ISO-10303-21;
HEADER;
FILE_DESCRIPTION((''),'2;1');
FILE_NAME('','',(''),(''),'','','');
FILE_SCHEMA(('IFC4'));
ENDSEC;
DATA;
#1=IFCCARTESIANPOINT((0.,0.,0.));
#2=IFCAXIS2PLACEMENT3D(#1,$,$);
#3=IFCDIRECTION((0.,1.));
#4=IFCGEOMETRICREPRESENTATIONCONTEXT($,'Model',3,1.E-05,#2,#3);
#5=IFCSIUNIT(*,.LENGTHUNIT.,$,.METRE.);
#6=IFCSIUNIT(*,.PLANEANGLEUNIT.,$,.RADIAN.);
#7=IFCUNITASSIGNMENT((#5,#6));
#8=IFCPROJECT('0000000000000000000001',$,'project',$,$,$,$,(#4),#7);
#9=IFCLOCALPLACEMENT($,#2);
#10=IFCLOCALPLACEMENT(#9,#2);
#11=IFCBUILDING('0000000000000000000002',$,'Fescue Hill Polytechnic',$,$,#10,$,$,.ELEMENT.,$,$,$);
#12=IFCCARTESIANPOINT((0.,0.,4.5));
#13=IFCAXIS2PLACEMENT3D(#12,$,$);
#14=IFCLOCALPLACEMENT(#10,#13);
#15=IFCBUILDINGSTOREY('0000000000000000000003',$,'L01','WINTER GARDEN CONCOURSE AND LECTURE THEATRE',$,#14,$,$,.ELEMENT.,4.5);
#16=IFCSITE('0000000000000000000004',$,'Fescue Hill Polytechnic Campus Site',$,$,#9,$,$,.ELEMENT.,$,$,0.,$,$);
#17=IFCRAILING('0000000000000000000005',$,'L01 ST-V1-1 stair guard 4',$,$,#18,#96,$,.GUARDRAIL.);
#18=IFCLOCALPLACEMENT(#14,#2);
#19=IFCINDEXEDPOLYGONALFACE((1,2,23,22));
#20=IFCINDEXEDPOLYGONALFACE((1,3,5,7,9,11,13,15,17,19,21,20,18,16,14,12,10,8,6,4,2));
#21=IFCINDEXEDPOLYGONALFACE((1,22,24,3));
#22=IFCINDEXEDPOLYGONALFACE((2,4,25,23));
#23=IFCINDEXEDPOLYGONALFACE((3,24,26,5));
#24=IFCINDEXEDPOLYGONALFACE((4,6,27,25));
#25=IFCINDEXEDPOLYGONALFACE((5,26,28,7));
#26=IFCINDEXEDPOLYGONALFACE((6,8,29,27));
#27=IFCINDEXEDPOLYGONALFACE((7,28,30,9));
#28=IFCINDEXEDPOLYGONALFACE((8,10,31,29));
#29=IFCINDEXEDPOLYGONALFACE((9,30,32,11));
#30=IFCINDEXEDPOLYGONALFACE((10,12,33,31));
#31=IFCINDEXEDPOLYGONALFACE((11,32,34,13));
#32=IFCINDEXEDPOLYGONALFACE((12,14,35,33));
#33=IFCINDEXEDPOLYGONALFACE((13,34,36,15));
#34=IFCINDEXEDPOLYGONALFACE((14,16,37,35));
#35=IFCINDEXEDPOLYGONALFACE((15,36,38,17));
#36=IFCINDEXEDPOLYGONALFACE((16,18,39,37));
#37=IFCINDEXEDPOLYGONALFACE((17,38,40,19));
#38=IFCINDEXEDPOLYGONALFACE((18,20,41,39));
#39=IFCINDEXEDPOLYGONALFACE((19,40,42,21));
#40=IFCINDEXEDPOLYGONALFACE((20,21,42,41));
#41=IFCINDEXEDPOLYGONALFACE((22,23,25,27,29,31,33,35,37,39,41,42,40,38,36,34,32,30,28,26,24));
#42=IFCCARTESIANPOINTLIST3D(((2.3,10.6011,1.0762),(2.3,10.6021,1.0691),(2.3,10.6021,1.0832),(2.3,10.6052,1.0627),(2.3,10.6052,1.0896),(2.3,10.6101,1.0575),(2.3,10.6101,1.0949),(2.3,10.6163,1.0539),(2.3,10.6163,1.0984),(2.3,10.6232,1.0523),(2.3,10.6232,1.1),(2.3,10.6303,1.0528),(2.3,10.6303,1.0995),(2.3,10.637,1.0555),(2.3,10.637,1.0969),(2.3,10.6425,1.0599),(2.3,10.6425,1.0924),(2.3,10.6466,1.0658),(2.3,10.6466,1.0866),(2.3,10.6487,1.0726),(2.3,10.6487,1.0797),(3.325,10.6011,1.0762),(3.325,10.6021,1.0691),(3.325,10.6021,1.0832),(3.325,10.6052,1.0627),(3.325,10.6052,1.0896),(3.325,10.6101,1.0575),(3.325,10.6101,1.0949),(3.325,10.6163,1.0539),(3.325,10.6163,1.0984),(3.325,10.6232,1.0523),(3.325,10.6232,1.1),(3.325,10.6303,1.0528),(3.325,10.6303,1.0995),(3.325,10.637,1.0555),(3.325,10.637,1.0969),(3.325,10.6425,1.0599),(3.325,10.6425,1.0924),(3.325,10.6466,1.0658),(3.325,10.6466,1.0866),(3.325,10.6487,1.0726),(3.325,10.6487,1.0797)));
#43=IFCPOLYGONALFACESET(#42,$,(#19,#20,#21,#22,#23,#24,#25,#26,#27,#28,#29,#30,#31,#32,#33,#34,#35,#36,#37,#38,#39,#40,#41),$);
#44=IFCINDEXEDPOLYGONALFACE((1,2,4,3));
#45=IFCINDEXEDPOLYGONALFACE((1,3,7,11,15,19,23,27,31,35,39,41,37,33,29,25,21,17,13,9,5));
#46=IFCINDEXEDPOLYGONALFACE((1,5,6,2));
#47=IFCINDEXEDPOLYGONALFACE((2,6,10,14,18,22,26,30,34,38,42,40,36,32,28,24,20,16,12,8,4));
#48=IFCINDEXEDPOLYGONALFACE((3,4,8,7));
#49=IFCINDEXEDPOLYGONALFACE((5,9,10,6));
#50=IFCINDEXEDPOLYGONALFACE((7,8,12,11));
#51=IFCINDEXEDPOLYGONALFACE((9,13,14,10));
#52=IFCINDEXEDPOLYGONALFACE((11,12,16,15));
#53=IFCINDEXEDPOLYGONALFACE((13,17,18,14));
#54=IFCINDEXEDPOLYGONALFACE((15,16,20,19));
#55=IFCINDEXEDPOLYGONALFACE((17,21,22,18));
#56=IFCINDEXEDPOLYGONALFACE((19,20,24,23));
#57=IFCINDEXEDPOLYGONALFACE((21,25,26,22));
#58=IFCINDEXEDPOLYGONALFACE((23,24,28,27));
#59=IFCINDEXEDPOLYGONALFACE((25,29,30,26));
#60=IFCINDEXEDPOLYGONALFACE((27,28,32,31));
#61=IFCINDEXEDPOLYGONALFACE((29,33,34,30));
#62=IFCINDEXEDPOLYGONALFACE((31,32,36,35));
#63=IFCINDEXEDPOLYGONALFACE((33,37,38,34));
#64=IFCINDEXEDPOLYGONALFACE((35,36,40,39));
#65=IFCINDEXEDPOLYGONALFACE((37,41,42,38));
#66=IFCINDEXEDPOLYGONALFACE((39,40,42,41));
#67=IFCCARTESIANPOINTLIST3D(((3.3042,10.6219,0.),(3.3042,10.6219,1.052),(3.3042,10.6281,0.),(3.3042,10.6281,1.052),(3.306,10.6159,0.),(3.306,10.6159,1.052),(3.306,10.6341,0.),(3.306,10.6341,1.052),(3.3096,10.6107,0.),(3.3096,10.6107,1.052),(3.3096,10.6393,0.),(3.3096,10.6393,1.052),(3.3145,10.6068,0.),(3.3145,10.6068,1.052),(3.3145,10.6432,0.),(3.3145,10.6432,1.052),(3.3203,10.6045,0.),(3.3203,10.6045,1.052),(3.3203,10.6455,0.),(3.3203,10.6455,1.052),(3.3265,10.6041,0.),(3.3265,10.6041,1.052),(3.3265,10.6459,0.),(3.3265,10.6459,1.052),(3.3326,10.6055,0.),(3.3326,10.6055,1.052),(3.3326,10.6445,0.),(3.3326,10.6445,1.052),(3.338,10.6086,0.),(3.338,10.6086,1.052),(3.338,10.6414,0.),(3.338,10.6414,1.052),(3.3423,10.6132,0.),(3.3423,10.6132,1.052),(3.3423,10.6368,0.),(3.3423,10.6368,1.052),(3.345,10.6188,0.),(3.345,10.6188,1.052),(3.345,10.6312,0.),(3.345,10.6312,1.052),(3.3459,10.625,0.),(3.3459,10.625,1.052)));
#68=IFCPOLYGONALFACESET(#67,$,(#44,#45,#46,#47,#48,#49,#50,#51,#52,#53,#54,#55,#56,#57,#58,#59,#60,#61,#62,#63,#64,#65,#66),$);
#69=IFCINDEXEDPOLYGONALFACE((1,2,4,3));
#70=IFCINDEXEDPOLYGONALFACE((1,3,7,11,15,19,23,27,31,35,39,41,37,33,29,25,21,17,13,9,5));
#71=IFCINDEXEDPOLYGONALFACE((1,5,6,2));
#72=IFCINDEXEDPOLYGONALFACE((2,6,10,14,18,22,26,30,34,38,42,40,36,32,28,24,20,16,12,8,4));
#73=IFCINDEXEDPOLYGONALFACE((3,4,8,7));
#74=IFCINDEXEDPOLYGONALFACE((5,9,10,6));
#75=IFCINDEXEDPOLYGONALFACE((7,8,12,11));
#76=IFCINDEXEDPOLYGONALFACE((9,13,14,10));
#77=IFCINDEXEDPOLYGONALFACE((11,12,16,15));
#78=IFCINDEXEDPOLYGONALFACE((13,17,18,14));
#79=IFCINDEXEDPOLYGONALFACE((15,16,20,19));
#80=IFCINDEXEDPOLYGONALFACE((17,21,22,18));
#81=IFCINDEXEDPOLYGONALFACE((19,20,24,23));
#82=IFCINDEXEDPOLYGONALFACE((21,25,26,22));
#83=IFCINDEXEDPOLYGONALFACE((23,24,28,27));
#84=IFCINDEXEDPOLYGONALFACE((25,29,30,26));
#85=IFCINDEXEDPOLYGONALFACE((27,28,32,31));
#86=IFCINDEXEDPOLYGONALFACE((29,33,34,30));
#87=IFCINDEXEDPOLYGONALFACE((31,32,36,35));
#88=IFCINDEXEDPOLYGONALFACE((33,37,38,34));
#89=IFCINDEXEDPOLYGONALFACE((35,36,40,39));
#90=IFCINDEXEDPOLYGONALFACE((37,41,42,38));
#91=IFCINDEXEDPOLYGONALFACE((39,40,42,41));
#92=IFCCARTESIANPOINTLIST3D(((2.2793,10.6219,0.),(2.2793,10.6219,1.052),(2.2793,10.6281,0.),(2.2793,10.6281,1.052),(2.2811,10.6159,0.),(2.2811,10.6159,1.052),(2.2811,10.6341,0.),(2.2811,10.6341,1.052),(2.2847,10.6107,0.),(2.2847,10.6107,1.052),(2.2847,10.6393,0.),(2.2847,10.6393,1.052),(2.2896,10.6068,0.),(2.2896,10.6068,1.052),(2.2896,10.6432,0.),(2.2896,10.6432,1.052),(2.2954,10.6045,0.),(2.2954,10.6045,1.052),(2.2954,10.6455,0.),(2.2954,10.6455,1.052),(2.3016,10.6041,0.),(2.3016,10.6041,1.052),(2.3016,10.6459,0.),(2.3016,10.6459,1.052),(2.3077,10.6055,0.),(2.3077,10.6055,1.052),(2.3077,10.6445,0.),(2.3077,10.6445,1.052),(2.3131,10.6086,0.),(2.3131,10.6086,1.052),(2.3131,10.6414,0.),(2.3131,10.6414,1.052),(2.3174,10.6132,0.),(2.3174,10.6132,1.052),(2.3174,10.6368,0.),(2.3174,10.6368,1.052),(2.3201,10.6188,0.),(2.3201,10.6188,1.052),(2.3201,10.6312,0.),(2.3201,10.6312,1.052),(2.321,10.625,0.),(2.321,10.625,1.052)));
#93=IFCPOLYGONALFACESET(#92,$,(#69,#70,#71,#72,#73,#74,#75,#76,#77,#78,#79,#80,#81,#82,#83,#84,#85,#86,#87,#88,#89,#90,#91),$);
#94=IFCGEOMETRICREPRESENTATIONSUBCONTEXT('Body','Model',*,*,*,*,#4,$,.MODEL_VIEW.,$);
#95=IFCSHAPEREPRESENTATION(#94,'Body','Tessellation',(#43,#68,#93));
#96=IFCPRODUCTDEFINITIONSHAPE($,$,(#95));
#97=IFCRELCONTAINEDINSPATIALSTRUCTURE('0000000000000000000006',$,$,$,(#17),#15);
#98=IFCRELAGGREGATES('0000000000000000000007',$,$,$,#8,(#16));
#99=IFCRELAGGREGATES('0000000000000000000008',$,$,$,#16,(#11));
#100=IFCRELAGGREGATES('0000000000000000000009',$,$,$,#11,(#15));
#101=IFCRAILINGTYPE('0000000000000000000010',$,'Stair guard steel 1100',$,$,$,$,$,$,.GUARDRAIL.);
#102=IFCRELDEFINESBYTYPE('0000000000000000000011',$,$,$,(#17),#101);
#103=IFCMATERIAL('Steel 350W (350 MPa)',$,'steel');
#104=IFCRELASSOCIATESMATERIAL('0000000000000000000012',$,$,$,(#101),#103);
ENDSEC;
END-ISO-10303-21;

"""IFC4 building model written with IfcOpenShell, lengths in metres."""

from ifc_helpers import new_model, si_unit, direction, frame, origin, origin_2d, place, context, subcontext, project, spatial, circle, extrude, material, type_object, element, save


model = new_model("IFC4")

# Units and contexts
model_context = context("Model", 3, precision=1e-05, world=origin(), true_north=direction((0.0, 1.0)))
body_context = subcontext(model_context, "Body", "Model", "MODEL_VIEW")
ifc_project = project(units=[si_unit("LENGTHUNIT", "METRE"), si_unit("PLANEANGLEUNIT", "RADIAN")], contexts=[model_context])

# Site, building, storey
site_placement = place(None, origin())
site = spatial("IfcSite", under=ifc_project, at=site_placement, Name="Fescue Hill Polytechnic Campus Site", CompositionType="ELEMENT", RefElevation=0.0)
building_placement = place(site_placement, origin())
building = spatial("IfcBuilding", under=site, at=building_placement, Name="Fescue Hill Polytechnic", CompositionType="ELEMENT")
storey_placement = place(building_placement, frame((0.0, 0.0, 4.5)))
storey = spatial("IfcBuildingStorey", under=building, at=storey_placement, Name="L01", Description="WINTER GARDEN CONCOURSE AND LECTURE THEATRE", CompositionType="ELEMENT", Elevation=4.5)

# Shared definitions
ifc_material_1 = material(Name="Steel 350W (350 MPa)", Category="steel")

# Railing
railing_type_1 = type_object("IfcRailingType", Name="Stair guard steel 1100", PredefinedType="GUARDRAIL", material=ifc_material_1)
railing_1_placement = place(storey_placement, frame((3.325, 10.625, 0.0)))
element("IfcRailing", 1, at=railing_1_placement, inside=storey, type_object=railing_type_1, Name="L01 ST-V1-1 stair guard 4", PredefinedType="GUARDRAIL", context=body_context, shape_type="SweptSolid", body=[
    extrude(circle(Radius=0.0239, at=origin_2d()), frame((0.0, 0.0, 1.0762), z_axis=(-1.0, 0.0, 0.0), x_axis=(0.0, -1.0, 0.0)), (0.0, 0.0, 1.0), 1.0249),
    extrude(circle(Radius=0.021, at=origin_2d()), origin(), (0.0, 0.0, 1.0), 1.052),
    extrude(circle(Radius=0.021, at=origin_2d()), frame((-1.0249, 0.0, 0.0)), (0.0, 0.0, 1.0), 1.052),
])

save(model, "model.ifc")
